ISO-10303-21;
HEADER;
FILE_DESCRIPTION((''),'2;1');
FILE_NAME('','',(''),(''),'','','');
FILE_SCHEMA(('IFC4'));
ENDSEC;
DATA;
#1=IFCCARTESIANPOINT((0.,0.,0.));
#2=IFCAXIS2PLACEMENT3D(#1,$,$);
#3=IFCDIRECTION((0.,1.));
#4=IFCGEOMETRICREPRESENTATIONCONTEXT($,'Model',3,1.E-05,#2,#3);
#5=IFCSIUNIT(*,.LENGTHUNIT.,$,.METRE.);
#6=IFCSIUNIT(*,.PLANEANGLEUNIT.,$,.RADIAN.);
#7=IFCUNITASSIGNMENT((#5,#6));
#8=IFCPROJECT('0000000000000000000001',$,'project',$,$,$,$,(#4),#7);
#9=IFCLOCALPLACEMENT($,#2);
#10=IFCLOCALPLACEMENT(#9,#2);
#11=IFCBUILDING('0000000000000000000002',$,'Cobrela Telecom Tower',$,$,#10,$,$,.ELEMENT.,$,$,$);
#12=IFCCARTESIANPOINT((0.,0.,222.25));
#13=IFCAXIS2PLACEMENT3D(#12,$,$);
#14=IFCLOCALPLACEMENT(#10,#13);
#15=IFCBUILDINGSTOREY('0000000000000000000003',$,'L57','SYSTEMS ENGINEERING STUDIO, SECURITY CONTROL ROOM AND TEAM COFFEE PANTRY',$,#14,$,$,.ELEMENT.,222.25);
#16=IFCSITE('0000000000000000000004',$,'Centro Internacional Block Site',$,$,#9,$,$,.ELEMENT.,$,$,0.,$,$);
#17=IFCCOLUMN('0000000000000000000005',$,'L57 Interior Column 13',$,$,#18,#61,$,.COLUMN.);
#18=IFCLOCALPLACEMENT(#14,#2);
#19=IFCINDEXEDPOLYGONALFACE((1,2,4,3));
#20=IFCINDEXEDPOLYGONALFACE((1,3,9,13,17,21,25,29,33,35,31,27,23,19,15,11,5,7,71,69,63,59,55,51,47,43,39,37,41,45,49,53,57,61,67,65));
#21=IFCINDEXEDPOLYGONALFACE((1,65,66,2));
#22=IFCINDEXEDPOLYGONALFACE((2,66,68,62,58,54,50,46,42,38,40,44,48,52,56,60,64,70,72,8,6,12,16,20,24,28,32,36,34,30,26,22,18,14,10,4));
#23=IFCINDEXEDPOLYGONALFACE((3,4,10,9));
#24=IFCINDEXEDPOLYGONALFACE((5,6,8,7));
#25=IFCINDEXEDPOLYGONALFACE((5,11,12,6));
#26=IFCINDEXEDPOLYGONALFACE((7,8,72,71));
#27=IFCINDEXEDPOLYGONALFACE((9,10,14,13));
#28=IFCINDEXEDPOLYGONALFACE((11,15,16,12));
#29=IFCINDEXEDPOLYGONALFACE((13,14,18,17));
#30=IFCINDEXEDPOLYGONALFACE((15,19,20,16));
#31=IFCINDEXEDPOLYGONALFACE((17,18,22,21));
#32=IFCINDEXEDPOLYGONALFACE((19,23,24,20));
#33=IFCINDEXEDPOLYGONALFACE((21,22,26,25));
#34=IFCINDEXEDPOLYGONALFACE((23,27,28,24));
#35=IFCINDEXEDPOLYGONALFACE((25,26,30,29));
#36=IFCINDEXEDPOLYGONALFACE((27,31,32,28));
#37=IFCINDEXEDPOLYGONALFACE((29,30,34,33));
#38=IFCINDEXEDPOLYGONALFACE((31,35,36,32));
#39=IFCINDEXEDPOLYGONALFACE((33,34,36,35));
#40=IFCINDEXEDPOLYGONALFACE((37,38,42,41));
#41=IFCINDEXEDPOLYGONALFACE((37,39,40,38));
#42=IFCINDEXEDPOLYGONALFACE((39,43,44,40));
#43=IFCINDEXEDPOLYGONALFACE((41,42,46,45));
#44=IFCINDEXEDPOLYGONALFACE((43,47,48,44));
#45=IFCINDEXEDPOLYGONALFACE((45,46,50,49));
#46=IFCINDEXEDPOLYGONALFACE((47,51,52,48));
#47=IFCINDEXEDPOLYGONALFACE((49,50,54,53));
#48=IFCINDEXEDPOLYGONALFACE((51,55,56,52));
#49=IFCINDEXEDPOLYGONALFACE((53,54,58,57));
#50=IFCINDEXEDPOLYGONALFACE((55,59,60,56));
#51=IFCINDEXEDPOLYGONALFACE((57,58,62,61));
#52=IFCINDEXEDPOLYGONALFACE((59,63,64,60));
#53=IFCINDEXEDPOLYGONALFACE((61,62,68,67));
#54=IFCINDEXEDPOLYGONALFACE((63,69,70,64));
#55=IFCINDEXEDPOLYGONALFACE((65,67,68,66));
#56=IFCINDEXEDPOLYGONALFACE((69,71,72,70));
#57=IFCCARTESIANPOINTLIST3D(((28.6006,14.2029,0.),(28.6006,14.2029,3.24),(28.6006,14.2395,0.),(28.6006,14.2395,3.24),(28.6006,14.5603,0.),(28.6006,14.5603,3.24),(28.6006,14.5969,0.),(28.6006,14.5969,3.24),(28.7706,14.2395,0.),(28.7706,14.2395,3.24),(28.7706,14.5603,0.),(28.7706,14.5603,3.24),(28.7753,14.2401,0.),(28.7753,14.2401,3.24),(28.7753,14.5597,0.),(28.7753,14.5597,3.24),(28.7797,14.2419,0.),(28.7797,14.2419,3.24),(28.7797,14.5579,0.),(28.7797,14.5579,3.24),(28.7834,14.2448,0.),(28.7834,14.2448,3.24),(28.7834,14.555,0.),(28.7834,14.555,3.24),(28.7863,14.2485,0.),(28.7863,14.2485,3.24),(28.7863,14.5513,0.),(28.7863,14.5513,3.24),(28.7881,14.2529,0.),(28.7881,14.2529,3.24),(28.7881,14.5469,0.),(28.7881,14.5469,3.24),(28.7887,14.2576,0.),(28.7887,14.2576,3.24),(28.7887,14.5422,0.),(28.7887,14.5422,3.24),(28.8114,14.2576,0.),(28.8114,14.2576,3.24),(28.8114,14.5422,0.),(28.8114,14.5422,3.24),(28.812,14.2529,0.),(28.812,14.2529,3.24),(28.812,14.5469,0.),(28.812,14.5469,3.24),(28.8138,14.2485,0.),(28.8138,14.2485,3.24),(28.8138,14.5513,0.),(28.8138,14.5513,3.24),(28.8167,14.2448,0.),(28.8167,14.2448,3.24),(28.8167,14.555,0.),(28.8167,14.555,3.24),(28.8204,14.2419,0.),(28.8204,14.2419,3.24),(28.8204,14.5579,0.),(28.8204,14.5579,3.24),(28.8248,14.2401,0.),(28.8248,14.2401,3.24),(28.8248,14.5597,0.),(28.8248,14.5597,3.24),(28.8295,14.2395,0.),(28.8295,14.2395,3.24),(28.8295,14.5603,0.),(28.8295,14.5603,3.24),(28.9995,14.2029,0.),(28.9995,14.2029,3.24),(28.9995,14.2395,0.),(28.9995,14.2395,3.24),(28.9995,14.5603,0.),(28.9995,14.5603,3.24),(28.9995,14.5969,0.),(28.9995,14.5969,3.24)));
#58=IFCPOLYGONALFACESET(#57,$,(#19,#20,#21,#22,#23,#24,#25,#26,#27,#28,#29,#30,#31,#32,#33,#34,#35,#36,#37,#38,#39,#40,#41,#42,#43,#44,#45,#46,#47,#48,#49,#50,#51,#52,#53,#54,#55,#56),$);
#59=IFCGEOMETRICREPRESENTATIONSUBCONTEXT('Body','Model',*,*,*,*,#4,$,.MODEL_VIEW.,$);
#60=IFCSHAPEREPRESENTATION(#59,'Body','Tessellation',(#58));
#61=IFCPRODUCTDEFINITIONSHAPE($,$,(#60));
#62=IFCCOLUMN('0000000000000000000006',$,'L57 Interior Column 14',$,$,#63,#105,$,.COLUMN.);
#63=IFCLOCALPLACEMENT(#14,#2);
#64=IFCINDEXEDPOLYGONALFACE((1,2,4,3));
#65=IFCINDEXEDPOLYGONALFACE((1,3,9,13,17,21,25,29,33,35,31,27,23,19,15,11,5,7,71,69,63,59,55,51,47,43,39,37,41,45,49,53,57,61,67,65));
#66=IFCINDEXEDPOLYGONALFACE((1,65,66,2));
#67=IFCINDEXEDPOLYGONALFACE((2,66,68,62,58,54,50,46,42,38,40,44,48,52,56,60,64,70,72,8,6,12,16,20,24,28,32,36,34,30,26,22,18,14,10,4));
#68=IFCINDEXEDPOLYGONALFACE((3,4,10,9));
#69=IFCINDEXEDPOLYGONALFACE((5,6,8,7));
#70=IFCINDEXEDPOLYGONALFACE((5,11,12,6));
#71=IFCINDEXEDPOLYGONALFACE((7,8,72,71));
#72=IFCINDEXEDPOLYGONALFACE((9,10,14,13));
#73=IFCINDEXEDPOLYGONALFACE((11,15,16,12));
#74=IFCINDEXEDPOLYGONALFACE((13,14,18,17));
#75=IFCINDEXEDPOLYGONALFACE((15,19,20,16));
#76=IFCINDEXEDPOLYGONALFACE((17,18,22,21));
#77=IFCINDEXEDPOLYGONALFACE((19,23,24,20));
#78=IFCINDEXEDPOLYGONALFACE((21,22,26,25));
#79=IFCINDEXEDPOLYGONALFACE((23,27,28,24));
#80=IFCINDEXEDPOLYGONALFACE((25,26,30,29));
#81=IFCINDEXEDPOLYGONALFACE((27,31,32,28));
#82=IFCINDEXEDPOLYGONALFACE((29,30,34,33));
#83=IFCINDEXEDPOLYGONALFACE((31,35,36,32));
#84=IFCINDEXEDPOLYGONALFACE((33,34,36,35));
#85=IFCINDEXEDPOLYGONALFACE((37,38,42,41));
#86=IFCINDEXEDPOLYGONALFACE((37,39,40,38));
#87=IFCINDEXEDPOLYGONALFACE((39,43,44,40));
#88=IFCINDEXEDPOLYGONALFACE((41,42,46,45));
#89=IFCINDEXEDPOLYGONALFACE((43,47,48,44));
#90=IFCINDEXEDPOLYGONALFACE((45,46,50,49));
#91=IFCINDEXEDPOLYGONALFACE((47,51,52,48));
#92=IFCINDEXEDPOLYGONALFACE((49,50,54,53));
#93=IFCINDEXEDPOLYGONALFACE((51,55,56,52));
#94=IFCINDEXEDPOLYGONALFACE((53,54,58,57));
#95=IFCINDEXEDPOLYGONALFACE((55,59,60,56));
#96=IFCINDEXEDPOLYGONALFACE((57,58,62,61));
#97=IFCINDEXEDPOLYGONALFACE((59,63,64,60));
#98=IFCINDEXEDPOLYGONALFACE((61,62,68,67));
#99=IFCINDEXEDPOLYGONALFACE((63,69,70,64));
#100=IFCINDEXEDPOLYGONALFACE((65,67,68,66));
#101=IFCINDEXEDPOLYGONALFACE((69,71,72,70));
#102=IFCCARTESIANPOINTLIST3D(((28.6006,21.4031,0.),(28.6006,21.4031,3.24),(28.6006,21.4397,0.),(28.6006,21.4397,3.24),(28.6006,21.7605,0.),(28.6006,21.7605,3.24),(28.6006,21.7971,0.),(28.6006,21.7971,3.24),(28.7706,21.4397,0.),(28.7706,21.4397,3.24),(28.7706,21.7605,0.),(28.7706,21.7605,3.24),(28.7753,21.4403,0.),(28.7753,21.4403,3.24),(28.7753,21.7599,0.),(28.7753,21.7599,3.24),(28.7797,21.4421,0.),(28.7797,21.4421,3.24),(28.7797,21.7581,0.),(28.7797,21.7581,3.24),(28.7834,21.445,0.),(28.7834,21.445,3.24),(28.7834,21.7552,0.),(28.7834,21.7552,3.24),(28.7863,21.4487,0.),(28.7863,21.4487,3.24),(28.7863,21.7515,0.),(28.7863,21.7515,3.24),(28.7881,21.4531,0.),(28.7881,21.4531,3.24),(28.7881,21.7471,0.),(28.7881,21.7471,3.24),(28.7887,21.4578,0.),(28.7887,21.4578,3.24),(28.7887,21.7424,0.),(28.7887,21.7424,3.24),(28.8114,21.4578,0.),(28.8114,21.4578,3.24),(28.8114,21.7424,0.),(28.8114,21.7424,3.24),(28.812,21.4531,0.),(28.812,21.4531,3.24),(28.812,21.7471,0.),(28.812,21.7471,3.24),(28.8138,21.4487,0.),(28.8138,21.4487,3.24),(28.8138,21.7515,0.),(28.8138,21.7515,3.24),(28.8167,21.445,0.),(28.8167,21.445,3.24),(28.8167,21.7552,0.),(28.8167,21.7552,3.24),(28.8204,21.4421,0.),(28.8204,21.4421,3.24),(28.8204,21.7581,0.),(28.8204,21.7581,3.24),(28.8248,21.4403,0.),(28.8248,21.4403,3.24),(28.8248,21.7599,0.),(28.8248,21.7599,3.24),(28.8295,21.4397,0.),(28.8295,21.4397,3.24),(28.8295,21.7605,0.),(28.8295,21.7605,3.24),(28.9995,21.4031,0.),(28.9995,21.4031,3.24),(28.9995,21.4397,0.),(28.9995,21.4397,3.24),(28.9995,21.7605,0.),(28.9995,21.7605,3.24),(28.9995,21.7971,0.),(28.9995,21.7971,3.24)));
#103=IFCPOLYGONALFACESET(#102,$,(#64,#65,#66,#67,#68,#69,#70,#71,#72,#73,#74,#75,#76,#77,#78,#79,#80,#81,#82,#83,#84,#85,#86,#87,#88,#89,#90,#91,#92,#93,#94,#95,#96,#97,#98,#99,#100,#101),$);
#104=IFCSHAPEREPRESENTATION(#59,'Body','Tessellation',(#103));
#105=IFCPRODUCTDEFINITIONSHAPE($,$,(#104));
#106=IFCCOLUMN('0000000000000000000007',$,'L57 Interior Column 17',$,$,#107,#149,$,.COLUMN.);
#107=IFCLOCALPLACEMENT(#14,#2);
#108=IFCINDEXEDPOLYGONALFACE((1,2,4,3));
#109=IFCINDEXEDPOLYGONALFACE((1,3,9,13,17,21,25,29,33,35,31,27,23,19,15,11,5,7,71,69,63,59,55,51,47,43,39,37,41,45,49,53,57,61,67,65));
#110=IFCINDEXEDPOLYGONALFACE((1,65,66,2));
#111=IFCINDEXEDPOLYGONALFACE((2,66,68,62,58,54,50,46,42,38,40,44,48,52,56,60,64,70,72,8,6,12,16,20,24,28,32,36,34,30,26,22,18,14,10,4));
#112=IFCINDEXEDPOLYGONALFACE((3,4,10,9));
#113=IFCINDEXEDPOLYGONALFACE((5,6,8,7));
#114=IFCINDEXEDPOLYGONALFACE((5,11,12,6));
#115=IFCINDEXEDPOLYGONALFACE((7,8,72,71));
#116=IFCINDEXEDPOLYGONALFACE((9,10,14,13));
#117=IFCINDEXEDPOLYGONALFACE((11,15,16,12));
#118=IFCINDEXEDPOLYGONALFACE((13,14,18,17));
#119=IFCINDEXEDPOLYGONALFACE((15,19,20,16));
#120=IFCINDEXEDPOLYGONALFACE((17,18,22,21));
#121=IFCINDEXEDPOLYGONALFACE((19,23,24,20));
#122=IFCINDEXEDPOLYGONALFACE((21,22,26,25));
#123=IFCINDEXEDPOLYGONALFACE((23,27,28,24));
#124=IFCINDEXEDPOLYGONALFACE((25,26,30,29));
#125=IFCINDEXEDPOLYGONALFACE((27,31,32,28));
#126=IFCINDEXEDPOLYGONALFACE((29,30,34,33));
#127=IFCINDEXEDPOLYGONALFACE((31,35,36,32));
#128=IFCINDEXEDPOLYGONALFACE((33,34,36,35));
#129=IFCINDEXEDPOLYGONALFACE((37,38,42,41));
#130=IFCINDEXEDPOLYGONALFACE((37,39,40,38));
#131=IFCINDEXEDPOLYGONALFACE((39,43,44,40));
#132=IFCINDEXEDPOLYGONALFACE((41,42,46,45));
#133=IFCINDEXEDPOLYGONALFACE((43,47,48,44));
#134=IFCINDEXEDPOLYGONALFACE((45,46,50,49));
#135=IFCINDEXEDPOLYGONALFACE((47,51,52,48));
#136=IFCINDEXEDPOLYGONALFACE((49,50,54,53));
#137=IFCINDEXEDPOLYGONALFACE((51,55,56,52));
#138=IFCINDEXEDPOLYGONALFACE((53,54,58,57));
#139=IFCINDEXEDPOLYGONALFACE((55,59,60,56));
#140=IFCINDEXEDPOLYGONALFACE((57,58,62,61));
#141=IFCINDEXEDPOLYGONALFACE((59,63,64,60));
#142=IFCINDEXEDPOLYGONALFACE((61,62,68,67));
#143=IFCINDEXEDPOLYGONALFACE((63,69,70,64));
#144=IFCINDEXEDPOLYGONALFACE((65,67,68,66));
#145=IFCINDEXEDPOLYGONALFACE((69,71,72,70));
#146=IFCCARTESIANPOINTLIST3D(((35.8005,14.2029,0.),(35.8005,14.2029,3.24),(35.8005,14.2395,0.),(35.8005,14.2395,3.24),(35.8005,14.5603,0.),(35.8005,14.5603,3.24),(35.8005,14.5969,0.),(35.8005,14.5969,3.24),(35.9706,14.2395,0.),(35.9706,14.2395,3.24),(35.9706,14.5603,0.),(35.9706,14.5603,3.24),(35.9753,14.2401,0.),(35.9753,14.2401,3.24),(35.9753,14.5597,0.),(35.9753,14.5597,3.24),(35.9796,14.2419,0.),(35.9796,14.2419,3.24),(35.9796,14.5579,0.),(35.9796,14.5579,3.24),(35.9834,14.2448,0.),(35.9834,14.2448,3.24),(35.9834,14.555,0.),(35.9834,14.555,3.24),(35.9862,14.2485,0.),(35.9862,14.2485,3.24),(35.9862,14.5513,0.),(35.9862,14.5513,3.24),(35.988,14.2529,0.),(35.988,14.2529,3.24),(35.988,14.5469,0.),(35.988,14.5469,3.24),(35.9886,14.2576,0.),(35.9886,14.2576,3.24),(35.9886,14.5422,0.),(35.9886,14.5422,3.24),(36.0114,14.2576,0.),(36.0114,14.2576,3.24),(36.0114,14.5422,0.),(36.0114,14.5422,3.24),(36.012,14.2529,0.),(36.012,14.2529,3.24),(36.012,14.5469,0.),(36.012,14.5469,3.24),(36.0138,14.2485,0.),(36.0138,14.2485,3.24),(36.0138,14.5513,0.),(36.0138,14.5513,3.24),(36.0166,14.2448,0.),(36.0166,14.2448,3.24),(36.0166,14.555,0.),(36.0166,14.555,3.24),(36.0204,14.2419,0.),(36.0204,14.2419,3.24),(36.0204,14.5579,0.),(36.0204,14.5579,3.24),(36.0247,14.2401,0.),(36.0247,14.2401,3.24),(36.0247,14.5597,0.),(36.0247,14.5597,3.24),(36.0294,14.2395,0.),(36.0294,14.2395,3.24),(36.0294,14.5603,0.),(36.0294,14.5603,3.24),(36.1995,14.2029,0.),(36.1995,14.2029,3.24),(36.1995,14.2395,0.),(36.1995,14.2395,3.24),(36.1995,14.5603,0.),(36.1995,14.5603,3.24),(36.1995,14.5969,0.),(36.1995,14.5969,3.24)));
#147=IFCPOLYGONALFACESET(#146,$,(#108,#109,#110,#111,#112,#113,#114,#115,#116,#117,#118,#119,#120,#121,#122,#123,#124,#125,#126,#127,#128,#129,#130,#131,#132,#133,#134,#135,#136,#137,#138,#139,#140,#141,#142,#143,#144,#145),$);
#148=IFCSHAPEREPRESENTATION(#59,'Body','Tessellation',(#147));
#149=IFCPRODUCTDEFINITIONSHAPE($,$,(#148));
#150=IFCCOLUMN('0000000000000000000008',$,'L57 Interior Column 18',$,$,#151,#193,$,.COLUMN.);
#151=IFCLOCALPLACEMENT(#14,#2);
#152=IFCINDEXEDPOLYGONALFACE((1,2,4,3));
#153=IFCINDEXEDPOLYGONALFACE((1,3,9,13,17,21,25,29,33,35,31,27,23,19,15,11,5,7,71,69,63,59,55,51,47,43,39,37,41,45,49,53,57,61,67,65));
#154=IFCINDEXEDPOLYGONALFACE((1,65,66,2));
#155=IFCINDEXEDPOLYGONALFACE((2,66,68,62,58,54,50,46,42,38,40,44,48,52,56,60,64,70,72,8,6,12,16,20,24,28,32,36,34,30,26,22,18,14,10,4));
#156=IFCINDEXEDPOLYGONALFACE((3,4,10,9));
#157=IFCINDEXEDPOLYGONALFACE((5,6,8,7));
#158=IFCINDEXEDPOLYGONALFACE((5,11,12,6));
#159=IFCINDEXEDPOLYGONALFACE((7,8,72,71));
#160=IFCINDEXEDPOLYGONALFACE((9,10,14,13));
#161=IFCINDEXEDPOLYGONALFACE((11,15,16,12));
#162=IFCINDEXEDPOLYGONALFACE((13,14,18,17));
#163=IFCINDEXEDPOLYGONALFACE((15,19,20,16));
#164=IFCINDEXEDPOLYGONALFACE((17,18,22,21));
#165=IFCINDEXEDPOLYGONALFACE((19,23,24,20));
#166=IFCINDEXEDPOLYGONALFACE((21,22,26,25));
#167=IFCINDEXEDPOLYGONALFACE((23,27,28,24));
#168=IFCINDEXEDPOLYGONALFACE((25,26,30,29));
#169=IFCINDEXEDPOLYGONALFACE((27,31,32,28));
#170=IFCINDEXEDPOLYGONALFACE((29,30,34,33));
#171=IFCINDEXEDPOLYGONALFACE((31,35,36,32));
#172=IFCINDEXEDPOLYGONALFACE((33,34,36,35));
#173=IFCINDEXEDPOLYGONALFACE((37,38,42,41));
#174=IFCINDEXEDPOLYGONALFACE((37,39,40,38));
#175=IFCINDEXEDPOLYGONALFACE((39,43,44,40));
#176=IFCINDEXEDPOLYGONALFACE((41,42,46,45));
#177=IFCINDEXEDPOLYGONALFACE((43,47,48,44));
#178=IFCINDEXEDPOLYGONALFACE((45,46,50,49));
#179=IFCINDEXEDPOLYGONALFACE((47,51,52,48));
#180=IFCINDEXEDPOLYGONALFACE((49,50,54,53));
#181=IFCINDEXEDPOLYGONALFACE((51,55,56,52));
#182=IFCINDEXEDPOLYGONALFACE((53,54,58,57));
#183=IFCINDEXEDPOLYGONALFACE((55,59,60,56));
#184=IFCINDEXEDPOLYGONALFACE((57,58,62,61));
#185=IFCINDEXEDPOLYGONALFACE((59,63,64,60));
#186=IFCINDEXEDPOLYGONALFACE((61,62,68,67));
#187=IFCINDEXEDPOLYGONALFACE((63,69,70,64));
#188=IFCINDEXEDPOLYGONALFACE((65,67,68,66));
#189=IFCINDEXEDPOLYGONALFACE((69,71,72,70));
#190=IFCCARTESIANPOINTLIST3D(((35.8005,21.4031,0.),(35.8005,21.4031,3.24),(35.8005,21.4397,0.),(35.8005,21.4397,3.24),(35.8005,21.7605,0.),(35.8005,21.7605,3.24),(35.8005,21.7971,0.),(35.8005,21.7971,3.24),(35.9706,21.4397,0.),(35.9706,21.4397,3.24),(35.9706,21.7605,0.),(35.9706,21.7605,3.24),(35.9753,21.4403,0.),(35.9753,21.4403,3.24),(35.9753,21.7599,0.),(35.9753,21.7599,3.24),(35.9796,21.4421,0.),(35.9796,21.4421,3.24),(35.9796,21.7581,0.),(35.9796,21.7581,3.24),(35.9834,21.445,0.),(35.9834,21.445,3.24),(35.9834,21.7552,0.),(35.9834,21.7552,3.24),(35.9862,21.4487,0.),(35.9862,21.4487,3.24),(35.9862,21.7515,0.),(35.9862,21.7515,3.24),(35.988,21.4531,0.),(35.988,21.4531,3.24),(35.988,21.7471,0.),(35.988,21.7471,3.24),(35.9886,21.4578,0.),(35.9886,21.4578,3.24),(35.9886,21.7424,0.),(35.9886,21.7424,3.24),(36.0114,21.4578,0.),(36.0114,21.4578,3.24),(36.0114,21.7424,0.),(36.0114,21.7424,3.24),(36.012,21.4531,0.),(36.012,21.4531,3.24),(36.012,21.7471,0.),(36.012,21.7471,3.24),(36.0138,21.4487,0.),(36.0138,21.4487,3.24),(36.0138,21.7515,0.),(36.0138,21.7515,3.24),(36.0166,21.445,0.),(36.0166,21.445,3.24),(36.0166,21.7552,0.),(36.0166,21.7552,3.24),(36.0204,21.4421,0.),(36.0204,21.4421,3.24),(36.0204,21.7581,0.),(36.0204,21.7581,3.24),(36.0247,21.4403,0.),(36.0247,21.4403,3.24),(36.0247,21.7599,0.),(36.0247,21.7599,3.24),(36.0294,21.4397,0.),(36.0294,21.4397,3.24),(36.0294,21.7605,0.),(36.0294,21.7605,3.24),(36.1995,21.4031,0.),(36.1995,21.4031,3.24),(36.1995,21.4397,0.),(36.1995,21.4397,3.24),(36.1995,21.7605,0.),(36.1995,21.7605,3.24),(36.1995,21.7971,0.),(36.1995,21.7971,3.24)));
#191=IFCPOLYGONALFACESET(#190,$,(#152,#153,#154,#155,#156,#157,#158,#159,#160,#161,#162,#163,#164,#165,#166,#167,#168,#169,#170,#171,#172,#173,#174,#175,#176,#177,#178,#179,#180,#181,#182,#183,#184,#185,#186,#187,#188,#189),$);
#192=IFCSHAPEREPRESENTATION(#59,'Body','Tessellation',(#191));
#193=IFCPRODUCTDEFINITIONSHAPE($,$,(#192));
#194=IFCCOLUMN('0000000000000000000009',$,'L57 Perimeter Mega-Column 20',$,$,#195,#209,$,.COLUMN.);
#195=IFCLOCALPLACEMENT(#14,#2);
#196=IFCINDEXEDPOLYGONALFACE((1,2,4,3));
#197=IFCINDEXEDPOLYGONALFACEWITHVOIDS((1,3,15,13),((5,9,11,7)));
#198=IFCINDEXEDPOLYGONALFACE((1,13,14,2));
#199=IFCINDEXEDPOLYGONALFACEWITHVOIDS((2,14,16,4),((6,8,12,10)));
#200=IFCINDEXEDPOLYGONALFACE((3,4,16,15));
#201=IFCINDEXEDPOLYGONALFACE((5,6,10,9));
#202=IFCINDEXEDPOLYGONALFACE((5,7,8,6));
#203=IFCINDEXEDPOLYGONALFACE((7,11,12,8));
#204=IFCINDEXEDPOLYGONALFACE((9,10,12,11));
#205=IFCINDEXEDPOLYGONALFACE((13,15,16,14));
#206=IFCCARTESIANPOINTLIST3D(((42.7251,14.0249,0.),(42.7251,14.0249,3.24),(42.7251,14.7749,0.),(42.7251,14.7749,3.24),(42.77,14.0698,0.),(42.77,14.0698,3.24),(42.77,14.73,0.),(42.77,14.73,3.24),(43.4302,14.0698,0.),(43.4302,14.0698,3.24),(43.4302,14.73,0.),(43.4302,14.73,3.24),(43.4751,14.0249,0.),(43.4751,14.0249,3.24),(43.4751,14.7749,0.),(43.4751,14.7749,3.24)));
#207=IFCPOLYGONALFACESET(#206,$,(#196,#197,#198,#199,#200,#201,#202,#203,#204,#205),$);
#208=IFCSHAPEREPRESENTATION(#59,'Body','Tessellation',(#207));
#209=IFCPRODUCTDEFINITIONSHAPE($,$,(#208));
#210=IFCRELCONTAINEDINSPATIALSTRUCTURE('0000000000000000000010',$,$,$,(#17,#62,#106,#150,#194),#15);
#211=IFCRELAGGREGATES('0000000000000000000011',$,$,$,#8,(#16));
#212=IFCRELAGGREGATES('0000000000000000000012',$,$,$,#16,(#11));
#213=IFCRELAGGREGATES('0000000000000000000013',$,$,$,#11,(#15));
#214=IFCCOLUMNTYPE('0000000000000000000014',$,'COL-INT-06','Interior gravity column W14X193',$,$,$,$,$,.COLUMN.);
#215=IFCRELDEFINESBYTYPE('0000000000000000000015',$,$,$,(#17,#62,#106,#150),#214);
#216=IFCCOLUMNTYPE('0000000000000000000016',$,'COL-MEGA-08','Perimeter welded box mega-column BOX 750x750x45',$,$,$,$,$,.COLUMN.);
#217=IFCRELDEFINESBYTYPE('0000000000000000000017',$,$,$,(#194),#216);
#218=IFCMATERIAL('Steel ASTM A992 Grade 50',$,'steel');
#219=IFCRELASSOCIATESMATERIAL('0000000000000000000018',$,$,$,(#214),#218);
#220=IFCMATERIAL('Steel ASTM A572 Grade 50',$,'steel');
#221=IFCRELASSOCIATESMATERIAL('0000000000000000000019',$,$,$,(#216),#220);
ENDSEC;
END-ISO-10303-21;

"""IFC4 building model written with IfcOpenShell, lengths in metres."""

from ifc_helpers import new_model, si_unit, direction, frame, origin, origin_2d, place, context, subcontext, project, spatial, hollow_rectangle, i_section, extrude, material, material_profile, profile_set, type_object, element, save


model = new_model("IFC4")

# Units and contexts
model_context = context("Model", 3, precision=1e-05, world=origin(), true_north=direction((0.0, 1.0)))
body_context = subcontext(model_context, "Body", "Model", "MODEL_VIEW")
ifc_project = project(units=[si_unit("LENGTHUNIT", "METRE"), si_unit("PLANEANGLEUNIT", "RADIAN")], contexts=[model_context])

# Site, building, storey
site_placement = place(None, origin())
site = spatial("IfcSite", under=ifc_project, at=site_placement, Name="Centro Internacional Block Site", CompositionType="ELEMENT", RefElevation=0.0)
building_placement = place(site_placement, origin())
building = spatial("IfcBuilding", under=site, at=building_placement, Name="Cobrela Telecom Tower", CompositionType="ELEMENT")
storey_placement = place(building_placement, frame((0.0, 0.0, 222.25)))
storey = spatial("IfcBuildingStorey", under=building, at=storey_placement, Name="L57", Description="SYSTEMS ENGINEERING STUDIO, SECURITY CONTROL ROOM AND TEAM COFFEE PANTRY", CompositionType="ELEMENT", Elevation=222.25)

# Columns
ifc_material_1 = material(Name="Steel ASTM A992 Grade 50", Category="steel")
ifc_material_profile_1 = material_profile(ifc_material_1, i_section(OverallWidth=0.3989, OverallDepth=0.394, WebThickness=0.0227, FlangeThickness=0.0366, FilletRadius=0.0181, at=origin_2d()), Name="W14X193")
ifc_profile_set_1 = profile_set([ifc_material_profile_1], Name="Steel ASTM A992 Grade 50")
column_type_1 = type_object("IfcColumnType", Name="COL-INT-06", Description="Interior gravity column W14X193", PredefinedType="COLUMN", material=ifc_profile_set_1)
for number, where, z_axis, x_axis, name in (
    (1, (28.8, 14.3999, 0.0), (0.0, 0.0, 1.0), (1.0, 0.0, 0.0), "L57 Interior Column 13"),
    (2, (28.8, 21.6001, 0.0), (0.0, 0.0, 1.0), (1.0, 0.0, 0.0), "L57 Interior Column 14"),
    (3, (36.0, 14.3999, 0.0), (0.0, 0.0, 1.0), (1.0, 0.0, 0.0), "L57 Interior Column 17"),
    (4, (36.0, 21.6001, 0.0), (0.0, 0.0, 1.0), (1.0, 0.0, 0.0), "L57 Interior Column 18"),
):
    element("IfcColumn", number, at=place(storey_placement, frame(where, z_axis=z_axis, x_axis=x_axis)), inside=storey, type_object=column_type_1, Name=name, PredefinedType="COLUMN", context=body_context, shape_type="SweptSolid", body=[
        extrude(i_section(OverallWidth=0.3989, OverallDepth=0.394, WebThickness=0.0227, FlangeThickness=0.0366, FilletRadius=0.0181, at=origin_2d()), origin(), (0.0, 0.0, 1.0), 3.24),
    ])
ifc_material_2 = material(Name="Steel ASTM A572 Grade 50", Category="steel")
ifc_material_profile_2 = material_profile(ifc_material_2, hollow_rectangle(XDim=0.75, YDim=0.75, WallThickness=0.0449, at=origin_2d()), Name="BOX 750x750x45")
ifc_profile_set_2 = profile_set([ifc_material_profile_2], Name="Steel ASTM A572 Grade 50")
column_type_2 = type_object("IfcColumnType", Name="COL-MEGA-08", Description="Perimeter welded box mega-column BOX 750x750x45", PredefinedType="COLUMN", material=ifc_profile_set_2)
for number, where, z_axis, x_axis, name in (
    (5, (43.1001, 14.3999, 0.0), (0.0, 0.0, 1.0), (1.0, 0.0, 0.0), "L57 Perimeter Mega-Column 20"),
):
    element("IfcColumn", number, at=place(storey_placement, frame(where, z_axis=z_axis, x_axis=x_axis)), inside=storey, type_object=column_type_2, Name=name, PredefinedType="COLUMN", context=body_context, shape_type="SweptSolid", body=[
        extrude(hollow_rectangle(XDim=0.75, YDim=0.75, WallThickness=0.0449, at=origin_2d()), origin(), (0.0, 0.0, 1.0), 3.24),
    ])

save(model, "model.ifc")
